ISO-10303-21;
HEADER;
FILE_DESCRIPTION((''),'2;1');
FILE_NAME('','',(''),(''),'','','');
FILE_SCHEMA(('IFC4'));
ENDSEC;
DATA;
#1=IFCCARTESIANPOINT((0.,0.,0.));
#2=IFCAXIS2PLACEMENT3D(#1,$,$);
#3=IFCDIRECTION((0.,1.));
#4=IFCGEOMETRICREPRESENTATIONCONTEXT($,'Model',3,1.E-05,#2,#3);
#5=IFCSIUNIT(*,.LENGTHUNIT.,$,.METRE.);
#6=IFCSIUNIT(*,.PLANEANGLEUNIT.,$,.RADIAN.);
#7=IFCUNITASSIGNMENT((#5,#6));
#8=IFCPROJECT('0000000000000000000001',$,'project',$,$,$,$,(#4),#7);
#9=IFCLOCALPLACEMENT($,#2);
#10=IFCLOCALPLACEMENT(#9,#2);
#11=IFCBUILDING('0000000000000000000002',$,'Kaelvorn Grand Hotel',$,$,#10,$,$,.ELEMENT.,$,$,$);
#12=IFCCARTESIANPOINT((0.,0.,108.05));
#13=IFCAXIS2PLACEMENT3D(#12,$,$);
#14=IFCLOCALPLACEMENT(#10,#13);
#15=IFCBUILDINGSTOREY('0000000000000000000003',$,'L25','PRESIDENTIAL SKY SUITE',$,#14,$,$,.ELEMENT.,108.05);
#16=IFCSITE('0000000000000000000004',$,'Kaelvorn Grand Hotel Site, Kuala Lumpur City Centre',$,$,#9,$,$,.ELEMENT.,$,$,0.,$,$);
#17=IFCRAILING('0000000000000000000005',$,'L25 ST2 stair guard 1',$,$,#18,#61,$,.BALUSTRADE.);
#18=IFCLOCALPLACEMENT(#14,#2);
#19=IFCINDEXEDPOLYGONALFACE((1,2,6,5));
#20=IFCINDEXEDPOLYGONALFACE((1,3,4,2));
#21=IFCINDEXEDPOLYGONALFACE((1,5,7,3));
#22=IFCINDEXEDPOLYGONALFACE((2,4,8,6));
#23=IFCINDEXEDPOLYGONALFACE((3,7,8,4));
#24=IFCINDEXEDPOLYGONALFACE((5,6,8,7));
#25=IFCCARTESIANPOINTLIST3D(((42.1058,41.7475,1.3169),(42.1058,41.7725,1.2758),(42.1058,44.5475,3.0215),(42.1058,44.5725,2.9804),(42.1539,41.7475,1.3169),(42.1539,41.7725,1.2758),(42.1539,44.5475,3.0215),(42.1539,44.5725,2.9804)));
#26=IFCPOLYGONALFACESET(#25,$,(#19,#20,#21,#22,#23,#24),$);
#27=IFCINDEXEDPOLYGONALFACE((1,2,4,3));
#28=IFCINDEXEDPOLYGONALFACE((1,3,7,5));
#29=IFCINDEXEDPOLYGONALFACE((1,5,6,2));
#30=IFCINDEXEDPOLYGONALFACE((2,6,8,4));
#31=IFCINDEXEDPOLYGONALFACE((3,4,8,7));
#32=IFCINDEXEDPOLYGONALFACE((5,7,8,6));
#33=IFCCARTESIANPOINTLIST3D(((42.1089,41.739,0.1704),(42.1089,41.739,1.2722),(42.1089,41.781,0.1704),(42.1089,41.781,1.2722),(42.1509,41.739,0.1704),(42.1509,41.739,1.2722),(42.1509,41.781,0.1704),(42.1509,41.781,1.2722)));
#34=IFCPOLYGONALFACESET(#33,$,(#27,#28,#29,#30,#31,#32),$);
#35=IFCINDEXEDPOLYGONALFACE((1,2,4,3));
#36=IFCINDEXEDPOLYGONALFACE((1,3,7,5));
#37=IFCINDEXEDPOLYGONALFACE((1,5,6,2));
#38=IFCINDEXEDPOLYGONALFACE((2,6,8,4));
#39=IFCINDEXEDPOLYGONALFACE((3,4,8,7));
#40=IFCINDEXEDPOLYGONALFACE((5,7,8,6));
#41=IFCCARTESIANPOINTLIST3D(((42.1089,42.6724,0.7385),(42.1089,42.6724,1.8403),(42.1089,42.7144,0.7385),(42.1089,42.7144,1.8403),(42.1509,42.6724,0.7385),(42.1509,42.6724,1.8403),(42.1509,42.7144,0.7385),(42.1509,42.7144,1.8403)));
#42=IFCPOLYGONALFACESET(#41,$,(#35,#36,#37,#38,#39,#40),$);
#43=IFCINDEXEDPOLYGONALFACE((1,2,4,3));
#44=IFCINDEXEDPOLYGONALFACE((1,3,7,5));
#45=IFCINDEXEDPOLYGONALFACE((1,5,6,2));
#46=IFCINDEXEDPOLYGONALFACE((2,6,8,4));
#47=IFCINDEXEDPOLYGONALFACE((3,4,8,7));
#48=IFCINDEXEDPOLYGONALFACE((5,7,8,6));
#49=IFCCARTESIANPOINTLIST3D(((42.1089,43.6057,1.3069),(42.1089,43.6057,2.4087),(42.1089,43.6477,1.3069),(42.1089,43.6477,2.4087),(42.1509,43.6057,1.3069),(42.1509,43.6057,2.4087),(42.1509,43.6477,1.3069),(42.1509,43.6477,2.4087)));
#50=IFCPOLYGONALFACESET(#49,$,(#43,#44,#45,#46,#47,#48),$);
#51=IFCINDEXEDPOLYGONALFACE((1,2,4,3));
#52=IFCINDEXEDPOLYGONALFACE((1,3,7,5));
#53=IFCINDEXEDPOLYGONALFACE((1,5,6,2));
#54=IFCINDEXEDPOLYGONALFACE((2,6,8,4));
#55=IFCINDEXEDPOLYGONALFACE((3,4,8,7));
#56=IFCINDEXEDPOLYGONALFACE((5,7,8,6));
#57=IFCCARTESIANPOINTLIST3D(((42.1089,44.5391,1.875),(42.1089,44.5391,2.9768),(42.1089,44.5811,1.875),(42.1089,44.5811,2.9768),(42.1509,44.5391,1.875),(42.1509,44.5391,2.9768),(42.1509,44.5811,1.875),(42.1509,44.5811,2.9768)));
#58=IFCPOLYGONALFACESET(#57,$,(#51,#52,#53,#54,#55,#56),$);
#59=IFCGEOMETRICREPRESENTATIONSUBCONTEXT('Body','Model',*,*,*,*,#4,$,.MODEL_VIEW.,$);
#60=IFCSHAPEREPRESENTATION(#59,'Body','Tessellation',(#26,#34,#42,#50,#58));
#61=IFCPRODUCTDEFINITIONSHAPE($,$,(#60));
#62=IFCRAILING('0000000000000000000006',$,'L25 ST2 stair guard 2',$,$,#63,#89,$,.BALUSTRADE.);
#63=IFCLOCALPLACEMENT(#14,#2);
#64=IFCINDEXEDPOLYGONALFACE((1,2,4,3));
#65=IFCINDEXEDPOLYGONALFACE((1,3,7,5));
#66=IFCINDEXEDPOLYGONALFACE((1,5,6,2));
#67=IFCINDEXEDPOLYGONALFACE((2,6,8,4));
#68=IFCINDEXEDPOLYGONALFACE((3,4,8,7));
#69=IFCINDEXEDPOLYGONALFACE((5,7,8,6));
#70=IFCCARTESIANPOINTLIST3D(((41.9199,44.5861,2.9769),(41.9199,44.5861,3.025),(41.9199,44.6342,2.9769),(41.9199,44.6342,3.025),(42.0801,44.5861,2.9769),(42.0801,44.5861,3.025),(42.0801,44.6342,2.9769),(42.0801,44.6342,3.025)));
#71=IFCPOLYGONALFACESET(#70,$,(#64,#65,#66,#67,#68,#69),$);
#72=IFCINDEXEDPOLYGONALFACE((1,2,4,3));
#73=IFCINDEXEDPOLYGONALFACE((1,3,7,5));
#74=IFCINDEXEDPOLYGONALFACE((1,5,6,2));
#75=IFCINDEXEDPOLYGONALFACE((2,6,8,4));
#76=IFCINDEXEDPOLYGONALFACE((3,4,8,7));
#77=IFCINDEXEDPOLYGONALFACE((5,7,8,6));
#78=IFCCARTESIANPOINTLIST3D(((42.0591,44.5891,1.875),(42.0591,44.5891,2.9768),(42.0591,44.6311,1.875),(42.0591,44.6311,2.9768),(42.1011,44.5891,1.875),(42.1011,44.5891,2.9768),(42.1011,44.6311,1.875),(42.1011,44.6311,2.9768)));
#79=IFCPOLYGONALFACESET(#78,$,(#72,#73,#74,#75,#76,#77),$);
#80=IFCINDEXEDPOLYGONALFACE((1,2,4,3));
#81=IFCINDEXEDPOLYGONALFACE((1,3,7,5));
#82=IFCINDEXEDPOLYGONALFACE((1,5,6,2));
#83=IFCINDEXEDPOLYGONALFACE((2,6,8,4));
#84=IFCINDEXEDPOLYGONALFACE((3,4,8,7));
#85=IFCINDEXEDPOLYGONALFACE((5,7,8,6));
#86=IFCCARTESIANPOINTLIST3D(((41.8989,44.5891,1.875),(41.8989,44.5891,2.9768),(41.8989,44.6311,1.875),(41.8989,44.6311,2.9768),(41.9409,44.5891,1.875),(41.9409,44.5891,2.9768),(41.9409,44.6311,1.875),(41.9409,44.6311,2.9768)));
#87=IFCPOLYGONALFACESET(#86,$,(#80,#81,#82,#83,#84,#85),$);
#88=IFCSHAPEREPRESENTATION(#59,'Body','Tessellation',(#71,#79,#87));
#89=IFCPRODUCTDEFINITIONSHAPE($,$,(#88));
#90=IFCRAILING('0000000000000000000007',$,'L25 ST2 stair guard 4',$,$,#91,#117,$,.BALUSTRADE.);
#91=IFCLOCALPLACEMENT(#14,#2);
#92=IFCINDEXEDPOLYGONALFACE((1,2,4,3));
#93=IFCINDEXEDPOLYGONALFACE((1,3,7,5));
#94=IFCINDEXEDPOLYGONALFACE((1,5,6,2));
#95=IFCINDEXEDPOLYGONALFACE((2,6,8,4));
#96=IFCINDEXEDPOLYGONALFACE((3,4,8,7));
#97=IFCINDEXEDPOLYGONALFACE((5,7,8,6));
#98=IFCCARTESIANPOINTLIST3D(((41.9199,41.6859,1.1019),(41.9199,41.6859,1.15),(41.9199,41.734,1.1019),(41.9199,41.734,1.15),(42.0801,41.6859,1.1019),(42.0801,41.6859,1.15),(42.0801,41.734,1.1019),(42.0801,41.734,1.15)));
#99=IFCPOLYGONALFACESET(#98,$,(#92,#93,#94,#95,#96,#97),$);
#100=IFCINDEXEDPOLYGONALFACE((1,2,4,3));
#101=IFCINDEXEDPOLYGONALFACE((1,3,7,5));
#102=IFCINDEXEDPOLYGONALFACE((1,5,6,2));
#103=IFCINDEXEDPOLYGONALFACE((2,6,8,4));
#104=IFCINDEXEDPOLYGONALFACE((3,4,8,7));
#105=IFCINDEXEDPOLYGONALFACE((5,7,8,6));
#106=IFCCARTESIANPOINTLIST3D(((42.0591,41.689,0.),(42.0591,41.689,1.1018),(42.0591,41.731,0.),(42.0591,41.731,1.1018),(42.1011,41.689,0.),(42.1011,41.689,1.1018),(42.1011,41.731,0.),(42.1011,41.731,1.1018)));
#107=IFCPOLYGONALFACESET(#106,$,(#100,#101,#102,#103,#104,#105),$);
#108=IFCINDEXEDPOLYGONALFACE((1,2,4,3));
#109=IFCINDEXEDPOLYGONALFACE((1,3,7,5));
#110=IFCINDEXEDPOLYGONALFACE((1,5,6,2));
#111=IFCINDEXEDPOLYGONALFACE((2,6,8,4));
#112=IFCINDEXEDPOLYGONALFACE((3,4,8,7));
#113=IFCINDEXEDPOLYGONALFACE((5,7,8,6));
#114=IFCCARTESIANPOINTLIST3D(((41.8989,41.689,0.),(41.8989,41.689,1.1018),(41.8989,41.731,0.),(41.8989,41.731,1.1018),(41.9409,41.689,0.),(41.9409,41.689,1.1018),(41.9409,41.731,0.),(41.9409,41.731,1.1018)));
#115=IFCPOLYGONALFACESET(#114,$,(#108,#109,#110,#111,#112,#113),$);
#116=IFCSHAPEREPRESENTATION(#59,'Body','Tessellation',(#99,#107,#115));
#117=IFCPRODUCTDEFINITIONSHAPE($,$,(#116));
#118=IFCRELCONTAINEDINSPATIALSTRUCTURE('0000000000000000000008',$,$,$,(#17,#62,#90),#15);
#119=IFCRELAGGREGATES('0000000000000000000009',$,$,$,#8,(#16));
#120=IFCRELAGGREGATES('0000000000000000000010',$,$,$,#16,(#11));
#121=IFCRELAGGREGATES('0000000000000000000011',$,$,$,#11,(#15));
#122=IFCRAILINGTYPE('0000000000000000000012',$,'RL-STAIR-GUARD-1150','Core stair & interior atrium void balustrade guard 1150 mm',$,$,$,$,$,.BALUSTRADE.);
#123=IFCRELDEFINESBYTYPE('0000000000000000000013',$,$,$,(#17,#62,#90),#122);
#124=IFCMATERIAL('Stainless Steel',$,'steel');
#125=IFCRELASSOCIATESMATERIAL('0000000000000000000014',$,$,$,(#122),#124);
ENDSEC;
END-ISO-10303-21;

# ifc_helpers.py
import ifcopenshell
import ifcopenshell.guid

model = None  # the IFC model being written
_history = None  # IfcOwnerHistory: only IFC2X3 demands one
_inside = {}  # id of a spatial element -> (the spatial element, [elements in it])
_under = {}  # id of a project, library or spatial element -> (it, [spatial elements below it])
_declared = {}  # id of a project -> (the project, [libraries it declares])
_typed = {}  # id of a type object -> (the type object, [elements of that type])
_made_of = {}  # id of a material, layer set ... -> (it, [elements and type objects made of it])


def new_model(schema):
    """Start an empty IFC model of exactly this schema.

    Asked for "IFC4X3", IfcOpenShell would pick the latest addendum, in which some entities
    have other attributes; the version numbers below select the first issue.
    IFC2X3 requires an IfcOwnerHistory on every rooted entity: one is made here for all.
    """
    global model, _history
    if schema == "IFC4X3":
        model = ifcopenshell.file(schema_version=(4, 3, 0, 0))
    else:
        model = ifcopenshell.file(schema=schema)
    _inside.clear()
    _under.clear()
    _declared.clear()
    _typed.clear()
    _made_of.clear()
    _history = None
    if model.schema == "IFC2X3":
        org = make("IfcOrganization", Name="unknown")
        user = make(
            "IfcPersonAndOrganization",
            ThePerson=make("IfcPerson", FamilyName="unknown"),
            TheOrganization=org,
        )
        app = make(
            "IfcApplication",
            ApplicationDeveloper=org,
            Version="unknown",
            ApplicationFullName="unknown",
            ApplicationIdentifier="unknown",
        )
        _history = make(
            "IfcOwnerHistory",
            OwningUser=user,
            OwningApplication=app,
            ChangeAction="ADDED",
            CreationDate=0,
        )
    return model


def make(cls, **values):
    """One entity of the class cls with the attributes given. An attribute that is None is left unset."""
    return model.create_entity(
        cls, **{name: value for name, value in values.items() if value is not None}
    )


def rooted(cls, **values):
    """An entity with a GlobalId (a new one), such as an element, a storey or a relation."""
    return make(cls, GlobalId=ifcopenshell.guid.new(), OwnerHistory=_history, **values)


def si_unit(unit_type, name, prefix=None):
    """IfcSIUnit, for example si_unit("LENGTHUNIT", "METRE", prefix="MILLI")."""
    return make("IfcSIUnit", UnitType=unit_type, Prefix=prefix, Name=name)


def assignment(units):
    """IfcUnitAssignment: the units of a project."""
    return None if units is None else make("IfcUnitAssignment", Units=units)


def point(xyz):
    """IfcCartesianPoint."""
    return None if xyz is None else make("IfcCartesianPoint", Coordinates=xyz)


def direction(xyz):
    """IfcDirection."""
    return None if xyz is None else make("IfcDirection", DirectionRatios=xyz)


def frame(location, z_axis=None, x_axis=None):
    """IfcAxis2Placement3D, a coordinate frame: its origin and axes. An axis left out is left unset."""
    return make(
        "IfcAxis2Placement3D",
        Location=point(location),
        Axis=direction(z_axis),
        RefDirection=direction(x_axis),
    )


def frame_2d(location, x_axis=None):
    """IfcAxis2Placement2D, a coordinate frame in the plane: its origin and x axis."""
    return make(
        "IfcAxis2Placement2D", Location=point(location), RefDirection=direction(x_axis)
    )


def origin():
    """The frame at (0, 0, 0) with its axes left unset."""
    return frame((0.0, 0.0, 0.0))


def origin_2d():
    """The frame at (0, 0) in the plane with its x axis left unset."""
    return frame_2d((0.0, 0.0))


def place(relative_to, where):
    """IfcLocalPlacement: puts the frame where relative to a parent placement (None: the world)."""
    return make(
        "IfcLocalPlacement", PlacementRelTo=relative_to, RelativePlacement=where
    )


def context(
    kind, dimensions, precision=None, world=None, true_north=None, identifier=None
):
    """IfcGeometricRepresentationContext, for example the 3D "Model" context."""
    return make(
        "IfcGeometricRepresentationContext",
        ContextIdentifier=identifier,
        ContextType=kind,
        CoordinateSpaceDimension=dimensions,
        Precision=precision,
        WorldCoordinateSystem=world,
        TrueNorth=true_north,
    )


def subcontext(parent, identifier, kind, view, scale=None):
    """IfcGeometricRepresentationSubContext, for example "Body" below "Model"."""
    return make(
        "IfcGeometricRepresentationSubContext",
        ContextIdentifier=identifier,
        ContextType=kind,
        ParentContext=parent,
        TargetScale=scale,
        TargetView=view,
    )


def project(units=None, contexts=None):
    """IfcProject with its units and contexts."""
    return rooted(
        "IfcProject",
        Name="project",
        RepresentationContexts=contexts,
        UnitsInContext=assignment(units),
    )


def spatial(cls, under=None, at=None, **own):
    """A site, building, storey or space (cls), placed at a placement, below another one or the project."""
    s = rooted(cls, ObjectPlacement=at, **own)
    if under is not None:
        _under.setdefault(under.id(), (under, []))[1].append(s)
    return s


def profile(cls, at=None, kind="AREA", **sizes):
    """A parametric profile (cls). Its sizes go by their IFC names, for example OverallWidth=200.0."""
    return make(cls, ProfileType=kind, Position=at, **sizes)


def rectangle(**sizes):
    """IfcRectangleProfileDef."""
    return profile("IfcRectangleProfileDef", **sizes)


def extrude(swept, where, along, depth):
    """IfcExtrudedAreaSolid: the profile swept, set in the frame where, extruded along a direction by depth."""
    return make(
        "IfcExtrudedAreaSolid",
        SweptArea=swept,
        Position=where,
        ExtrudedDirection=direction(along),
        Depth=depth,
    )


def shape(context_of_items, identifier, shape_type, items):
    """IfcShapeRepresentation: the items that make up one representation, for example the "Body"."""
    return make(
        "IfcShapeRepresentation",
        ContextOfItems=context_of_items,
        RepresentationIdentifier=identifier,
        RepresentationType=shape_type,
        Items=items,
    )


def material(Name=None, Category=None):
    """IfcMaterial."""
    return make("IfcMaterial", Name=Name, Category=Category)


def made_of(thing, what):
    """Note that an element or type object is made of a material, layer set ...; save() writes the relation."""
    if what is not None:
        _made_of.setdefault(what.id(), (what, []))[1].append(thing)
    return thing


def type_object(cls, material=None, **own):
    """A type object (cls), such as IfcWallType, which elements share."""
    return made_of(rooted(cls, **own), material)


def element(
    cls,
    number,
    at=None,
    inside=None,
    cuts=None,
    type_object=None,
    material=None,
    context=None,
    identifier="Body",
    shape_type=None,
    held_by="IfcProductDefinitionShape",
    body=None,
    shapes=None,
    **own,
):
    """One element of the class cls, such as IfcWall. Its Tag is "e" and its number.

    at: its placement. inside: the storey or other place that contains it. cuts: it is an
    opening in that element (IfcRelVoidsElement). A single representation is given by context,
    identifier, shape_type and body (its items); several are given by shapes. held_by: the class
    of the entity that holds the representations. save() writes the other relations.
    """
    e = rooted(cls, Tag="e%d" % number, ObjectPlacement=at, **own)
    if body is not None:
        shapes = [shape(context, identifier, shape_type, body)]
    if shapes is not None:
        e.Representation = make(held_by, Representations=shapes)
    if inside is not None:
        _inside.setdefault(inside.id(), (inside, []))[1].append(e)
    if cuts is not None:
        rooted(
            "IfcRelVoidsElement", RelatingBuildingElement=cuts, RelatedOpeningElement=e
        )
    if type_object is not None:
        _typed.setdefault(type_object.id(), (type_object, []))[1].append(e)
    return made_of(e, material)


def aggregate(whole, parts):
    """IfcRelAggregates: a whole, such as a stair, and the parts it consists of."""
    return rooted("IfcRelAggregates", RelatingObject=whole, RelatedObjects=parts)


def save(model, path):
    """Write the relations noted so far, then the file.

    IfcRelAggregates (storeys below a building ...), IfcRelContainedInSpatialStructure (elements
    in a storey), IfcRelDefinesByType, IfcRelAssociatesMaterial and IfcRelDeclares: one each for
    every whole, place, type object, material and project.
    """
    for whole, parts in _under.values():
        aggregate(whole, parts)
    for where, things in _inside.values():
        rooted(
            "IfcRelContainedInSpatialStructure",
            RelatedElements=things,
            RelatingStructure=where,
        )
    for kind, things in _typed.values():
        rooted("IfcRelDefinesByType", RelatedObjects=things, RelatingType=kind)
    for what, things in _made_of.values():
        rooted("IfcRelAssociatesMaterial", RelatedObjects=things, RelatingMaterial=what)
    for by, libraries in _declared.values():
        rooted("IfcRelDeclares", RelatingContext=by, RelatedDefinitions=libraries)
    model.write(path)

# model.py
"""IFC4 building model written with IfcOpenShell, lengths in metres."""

from ifc_helpers import new_model, si_unit, direction, frame, origin, origin_2d, place, context, subcontext, project, spatial, rectangle, extrude, material, type_object, element, save


model = new_model("IFC4")

# Units and contexts
model_context = context("Model", 3, precision=1e-05, world=origin(), true_north=direction((0.0, 1.0)))
body_context = subcontext(model_context, "Body", "Model", "MODEL_VIEW")
ifc_project = project(units=[si_unit("LENGTHUNIT", "METRE"), si_unit("PLANEANGLEUNIT", "RADIAN")], contexts=[model_context])

# Site, building, storey
site_placement = place(None, origin())
site = spatial("IfcSite", under=ifc_project, at=site_placement, Name="Kaelvorn Grand Hotel Site, Kuala Lumpur City Centre", CompositionType="ELEMENT", RefElevation=0.0)
building_placement = place(site_placement, origin())
building = spatial("IfcBuilding", under=site, at=building_placement, Name="Kaelvorn Grand Hotel", CompositionType="ELEMENT")
storey_placement = place(building_placement, frame((0.0, 0.0, 108.05)))
storey = spatial("IfcBuildingStorey", under=building, at=storey_placement, Name="L25", Description="PRESIDENTIAL SKY SUITE", CompositionType="ELEMENT", Elevation=108.05)

# Railings
ifc_material_1 = material(Name="Stainless Steel", Category="steel")
railing_type_1 = type_object("IfcRailingType", Name="RL-STAIR-GUARD-1150", Description="Core stair & interior atrium void balustrade guard 1150 mm", PredefinedType="BALUSTRADE", material=ifc_material_1)
railing_1_placement = place(storey_placement, frame((42.1299, 41.76, 0.1704)))
element("IfcRailing", 1, at=railing_1_placement, inside=storey, type_object=railing_type_1, Name="L25 ST2 stair guard 1", PredefinedType="BALUSTRADE", context=body_context, shape_type="SweptSolid", body=[
    extrude(rectangle(XDim=0.0481, YDim=0.0481, at=origin_2d()), frame((0.0, 0.0, 1.126), z_axis=(0.0, 0.85417, 0.519994), x_axis=(-1.0, 0.0, 0.0)), (0.0, 0.0, 1.0), 3.2781),
    extrude(rectangle(XDim=0.042, YDim=0.042, at=origin_2d()), origin(), (0.0, 0.0, 1.0), 1.1018),
    extrude(rectangle(XDim=0.042, YDim=0.042, at=origin_2d()), frame((0.0, 0.9333, 0.5681)), (0.0, 0.0, 1.0), 1.1018),
    extrude(rectangle(XDim=0.042, YDim=0.042, at=origin_2d()), frame((0.0, 1.8667, 1.1365)), (0.0, 0.0, 1.0), 1.1018),
    extrude(rectangle(XDim=0.042, YDim=0.042, at=origin_2d()), frame((0.0, 2.8, 1.7046)), (0.0, 0.0, 1.0), 1.1018),
])
for number, where, name in (
    (2, (42.0801, 44.6101, 1.875), "L25 ST2 stair guard 2"),
    (3, (42.0801, 41.71, 0.0), "L25 ST2 stair guard 4"),
):
    element("IfcRailing", number, at=place(storey_placement, frame(where)), inside=storey, type_object=railing_type_1, Name=name, PredefinedType="BALUSTRADE", context=body_context, shape_type="SweptSolid", body=[
        extrude(rectangle(XDim=0.0481, YDim=0.0481, at=origin_2d()), frame((0.0, 0.0, 1.126), z_axis=(-1.0, 0.0, 0.0), x_axis=(0.0, -1.0, 0.0)), (0.0, 0.0, 1.0), 0.1602),
        extrude(rectangle(XDim=0.042, YDim=0.042, at=origin_2d()), origin(), (0.0, 0.0, 1.0), 1.1018),
        extrude(rectangle(XDim=0.042, YDim=0.042, at=origin_2d()), frame((-0.1602, 0.0, 0.0)), (0.0, 0.0, 1.0), 1.1018),
    ])

save(model, "model.ifc")
